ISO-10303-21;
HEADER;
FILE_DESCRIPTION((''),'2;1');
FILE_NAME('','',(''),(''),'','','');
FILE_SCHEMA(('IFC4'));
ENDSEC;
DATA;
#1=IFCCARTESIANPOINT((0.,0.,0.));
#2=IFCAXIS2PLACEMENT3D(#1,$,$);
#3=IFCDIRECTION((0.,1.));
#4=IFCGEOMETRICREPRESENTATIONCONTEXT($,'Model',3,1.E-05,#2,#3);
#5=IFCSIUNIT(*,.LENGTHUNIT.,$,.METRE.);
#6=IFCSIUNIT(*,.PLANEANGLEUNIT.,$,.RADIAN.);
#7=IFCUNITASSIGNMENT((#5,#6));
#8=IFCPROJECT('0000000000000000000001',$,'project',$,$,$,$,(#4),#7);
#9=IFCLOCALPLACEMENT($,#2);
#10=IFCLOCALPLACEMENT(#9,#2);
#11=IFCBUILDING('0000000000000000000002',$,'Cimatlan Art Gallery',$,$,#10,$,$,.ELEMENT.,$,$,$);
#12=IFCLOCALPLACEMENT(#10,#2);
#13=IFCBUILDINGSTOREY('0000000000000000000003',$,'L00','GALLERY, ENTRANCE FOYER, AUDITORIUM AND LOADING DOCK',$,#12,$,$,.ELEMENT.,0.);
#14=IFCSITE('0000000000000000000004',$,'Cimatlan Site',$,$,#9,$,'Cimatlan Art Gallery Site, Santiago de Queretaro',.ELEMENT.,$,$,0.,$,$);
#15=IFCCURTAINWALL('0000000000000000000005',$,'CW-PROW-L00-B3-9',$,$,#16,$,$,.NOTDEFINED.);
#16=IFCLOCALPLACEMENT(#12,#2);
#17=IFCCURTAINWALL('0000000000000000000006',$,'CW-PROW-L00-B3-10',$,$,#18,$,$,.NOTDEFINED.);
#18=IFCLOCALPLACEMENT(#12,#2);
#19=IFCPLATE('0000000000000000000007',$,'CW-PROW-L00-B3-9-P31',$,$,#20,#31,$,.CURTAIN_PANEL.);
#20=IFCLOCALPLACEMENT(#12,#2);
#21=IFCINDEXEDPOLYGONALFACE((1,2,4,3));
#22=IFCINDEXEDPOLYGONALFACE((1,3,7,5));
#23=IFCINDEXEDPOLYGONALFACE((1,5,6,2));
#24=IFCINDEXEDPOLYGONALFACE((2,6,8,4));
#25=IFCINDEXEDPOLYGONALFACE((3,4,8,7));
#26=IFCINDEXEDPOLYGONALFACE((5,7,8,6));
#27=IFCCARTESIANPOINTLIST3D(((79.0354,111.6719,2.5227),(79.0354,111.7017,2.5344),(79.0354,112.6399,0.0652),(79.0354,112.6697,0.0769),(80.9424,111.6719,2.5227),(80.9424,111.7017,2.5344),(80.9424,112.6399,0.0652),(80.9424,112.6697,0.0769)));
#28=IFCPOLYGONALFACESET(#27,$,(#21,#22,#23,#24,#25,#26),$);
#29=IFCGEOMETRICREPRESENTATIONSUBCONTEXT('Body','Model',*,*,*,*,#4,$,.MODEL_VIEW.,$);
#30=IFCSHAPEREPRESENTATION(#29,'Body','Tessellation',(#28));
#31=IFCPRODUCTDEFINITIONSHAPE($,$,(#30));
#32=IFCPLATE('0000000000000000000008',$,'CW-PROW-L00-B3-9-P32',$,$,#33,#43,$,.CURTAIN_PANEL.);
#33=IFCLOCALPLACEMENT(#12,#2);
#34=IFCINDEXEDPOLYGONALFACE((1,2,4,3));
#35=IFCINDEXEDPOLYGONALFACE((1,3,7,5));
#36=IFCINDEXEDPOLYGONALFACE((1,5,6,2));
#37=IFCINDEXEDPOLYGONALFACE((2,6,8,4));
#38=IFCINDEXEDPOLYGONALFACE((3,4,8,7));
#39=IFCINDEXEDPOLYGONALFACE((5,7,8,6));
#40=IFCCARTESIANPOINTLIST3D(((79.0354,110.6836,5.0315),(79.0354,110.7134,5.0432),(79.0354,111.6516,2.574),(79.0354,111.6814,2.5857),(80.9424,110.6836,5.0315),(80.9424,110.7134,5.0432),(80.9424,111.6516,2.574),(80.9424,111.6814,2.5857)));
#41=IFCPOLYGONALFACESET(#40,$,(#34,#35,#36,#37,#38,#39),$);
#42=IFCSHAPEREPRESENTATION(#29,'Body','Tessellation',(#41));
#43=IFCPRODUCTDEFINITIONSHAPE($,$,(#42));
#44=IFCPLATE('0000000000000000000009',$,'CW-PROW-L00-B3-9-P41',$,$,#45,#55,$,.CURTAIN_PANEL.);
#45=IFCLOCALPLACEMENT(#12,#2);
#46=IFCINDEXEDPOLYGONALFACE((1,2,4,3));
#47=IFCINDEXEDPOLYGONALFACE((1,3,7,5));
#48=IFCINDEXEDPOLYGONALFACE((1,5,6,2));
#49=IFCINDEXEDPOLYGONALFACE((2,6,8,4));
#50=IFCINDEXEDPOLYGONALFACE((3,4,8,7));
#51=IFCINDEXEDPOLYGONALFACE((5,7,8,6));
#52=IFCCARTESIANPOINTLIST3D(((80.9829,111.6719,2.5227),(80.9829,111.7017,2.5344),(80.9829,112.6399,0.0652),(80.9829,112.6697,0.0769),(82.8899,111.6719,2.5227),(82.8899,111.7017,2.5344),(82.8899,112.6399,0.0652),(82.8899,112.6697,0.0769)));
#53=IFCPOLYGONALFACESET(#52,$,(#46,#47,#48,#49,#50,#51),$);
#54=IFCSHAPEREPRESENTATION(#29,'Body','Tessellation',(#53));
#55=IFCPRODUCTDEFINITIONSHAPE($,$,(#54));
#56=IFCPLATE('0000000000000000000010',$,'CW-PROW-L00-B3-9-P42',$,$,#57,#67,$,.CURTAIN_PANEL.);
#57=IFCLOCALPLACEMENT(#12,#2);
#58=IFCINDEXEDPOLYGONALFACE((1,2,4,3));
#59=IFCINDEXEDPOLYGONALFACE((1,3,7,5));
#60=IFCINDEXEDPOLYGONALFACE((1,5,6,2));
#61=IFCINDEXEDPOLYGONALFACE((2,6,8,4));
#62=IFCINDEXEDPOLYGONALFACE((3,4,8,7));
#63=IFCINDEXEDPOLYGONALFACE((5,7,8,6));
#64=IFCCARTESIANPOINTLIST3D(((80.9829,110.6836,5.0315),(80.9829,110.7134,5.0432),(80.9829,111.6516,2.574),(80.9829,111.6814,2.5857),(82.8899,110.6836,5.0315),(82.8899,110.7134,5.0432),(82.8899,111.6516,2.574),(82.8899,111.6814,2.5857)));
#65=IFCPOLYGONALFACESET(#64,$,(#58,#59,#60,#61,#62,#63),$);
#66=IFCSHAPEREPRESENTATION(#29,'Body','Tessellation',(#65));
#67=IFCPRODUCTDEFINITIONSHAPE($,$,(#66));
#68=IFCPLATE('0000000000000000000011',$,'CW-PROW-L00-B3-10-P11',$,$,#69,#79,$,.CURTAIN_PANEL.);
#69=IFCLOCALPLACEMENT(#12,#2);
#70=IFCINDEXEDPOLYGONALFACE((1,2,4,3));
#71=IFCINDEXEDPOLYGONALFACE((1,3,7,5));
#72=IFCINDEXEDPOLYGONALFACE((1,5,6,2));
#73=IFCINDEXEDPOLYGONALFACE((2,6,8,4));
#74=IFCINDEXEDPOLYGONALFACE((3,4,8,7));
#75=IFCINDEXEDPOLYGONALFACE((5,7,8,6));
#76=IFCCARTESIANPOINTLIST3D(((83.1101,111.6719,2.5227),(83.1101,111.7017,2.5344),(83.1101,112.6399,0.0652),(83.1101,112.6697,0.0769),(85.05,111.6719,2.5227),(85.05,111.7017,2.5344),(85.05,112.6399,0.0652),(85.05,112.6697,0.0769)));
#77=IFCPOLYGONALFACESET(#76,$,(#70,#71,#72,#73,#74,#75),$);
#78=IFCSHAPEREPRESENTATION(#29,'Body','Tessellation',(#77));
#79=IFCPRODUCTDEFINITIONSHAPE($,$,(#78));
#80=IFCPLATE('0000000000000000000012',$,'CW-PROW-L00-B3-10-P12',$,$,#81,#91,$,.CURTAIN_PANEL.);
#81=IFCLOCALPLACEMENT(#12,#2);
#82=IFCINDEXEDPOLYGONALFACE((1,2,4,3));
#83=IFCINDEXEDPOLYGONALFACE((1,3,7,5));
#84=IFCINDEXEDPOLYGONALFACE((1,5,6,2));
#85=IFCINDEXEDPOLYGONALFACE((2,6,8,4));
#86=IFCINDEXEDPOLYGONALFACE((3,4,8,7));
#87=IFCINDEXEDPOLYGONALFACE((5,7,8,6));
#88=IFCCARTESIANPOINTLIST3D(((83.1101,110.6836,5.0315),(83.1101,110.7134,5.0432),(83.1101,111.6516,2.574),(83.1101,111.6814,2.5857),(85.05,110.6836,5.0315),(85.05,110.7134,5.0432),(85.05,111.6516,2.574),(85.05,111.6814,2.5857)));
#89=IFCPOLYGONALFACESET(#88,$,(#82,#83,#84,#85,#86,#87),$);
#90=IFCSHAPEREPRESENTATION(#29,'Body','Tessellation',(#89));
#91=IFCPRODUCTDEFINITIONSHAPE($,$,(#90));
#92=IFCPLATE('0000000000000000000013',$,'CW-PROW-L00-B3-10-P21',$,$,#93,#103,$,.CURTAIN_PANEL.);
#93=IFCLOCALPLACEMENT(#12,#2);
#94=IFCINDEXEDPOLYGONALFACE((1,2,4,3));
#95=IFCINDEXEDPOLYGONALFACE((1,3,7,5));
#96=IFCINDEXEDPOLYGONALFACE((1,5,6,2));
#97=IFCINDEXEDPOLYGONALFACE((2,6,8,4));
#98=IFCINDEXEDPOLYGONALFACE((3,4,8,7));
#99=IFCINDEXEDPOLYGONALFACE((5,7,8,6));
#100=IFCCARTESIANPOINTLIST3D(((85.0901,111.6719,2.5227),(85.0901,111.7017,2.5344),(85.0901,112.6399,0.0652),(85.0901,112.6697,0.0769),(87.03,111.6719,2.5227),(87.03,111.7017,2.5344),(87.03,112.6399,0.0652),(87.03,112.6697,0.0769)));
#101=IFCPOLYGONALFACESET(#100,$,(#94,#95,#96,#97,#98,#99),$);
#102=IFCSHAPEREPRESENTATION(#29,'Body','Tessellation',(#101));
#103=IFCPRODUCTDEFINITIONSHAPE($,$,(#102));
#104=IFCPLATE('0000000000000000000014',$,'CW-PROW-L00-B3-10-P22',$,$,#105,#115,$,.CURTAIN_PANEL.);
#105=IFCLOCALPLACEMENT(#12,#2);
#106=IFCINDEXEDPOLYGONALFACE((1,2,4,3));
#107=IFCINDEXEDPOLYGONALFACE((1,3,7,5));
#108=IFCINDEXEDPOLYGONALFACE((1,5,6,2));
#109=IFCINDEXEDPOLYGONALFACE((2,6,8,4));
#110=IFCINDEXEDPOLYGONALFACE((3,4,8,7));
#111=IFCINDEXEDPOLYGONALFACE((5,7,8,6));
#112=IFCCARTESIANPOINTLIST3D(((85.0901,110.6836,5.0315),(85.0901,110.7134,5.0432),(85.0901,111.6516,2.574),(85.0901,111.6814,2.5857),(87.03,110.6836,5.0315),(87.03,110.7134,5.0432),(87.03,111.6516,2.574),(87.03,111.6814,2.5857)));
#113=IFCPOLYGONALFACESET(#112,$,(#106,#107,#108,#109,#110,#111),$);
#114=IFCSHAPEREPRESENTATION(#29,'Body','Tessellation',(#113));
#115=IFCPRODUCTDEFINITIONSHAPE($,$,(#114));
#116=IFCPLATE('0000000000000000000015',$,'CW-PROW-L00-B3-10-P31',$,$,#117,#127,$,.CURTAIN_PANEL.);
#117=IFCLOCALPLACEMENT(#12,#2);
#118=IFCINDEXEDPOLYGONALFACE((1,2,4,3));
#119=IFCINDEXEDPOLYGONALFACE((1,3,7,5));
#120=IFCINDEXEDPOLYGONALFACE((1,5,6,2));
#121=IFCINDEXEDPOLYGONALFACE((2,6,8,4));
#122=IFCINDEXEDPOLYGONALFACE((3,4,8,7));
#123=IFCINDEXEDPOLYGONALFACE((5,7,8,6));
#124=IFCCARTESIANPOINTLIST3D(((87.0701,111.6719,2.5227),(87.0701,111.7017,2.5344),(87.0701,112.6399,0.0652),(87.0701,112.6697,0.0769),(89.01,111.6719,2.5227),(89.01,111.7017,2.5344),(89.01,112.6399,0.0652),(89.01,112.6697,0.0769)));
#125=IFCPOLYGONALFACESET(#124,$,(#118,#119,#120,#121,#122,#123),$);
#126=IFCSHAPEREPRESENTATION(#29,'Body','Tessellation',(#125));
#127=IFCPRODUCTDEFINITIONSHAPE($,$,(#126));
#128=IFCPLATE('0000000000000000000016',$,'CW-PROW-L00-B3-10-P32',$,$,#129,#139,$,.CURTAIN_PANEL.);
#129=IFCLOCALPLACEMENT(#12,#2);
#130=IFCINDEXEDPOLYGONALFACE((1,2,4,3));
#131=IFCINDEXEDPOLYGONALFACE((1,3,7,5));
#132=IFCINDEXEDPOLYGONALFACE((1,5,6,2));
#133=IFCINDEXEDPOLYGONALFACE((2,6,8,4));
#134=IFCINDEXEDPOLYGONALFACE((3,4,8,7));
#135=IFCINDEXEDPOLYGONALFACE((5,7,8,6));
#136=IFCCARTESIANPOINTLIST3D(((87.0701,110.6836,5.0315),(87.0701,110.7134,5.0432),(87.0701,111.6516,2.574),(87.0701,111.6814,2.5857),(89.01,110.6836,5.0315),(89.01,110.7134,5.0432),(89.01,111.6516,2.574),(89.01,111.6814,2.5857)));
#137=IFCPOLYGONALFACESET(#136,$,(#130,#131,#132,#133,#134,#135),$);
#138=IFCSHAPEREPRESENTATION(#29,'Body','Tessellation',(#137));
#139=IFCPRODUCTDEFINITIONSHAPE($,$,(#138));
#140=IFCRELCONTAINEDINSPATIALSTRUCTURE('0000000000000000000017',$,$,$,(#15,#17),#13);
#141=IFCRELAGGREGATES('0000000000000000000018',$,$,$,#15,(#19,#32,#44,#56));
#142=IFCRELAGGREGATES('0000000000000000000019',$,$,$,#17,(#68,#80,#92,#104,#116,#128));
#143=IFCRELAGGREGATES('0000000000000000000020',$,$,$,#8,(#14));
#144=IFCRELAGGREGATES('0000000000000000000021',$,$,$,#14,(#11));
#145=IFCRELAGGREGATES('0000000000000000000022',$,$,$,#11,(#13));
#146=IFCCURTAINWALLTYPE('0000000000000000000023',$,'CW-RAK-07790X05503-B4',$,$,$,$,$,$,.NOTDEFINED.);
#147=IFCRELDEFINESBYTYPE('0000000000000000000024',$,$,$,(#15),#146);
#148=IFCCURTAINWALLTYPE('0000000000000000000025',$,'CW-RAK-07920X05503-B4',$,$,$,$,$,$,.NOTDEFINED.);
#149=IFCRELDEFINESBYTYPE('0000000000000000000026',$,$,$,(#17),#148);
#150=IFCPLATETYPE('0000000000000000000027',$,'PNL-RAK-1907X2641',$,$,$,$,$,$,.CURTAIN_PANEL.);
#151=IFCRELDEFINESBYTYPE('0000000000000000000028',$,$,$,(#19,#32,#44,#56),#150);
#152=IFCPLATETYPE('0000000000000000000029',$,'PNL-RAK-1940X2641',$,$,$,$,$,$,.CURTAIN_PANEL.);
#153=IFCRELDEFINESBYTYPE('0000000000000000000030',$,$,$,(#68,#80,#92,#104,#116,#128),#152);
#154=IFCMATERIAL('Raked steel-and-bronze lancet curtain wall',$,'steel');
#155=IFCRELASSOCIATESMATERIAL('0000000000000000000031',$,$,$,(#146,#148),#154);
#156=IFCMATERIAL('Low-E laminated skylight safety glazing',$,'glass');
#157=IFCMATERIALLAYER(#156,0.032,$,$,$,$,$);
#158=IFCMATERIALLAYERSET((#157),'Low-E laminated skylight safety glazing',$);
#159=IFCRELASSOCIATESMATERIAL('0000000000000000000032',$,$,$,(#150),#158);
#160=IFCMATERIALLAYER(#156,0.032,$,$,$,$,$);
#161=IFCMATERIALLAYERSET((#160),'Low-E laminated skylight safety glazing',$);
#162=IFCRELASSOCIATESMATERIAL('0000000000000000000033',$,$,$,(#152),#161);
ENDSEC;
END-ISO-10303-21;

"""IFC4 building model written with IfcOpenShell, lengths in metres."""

from ifc_helpers import new_model, si_unit, direction, frame, origin, place, context, subcontext, project, spatial, polyline, outline, extrude, material, layer, layer_set, type_object, element, aggregate, save


model = new_model("IFC4")

# Units and contexts
model_context = context("Model", 3, precision=1e-05, world=origin(), true_north=direction((0.0, 1.0)))
body_context = subcontext(model_context, "Body", "Model", "MODEL_VIEW")
ifc_project = project(units=[si_unit("LENGTHUNIT", "METRE"), si_unit("PLANEANGLEUNIT", "RADIAN")], contexts=[model_context])

# Site, building, storey
site_placement = place(None, origin())
site = spatial("IfcSite", under=ifc_project, at=site_placement, Name="Cimatlan Site", LongName="Cimatlan Art Gallery Site, Santiago de Queretaro", CompositionType="ELEMENT", RefElevation=0.0)
building_placement = place(site_placement, origin())
building = spatial("IfcBuilding", under=site, at=building_placement, Name="Cimatlan Art Gallery", CompositionType="ELEMENT")
storey_placement = place(building_placement, origin())
storey = spatial("IfcBuildingStorey", under=building, at=storey_placement, Name="L00", Description="GALLERY, ENTRANCE FOYER, AUDITORIUM AND LOADING DOCK", CompositionType="ELEMENT", Elevation=0.0)

# Curtain walls
ifc_material_1 = material(Name="Raked steel-and-bronze lancet curtain wall", Category="steel")
curtain_wall_type_1 = type_object("IfcCurtainWallType", Name="CW-RAK-07790X05503-B4", PredefinedType="NOTDEFINED", material=ifc_material_1)
curtain_wall_1_placement = place(storey_placement, origin())
curtain_wall_1 = element("IfcCurtainWall", 1, at=curtain_wall_1_placement, inside=storey, type_object=curtain_wall_type_1, Name="CW-PROW-L00-B3-9", PredefinedType="NOTDEFINED")
curtain_wall_type_2 = type_object("IfcCurtainWallType", Name="CW-RAK-07920X05503-B4", PredefinedType="NOTDEFINED", material=ifc_material_1)
curtain_wall_2_placement = place(storey_placement, origin())
curtain_wall_2 = element("IfcCurtainWall", 2, at=curtain_wall_2_placement, inside=storey, type_object=curtain_wall_type_2, Name="CW-PROW-L00-B3-10", PredefinedType="NOTDEFINED")

# Plates
ifc_material_2 = material(Name="Low-E laminated skylight safety glazing", Category="glass")
ifc_layer_1 = layer(ifc_material_2, 0.032)
ifc_layer_set_1 = layer_set([ifc_layer_1], Name="Low-E laminated skylight safety glazing")
plate_type_1 = type_object("IfcPlateType", Name="PNL-RAK-1907X2641", PredefinedType="CURTAIN_PANEL", material=ifc_layer_set_1)
plate_1_placement = place(storey_placement, frame((79.0354, 112.6697, 0.0769), z_axis=(0.0, 0.930421, 0.366493), x_axis=(1.0, 0.0, 0.0)))
plate_1 = element("IfcPlate", 3, at=plate_1_placement, type_object=plate_type_1, Name="CW-PROW-L00-B3-9-P31", PredefinedType="CURTAIN_PANEL", context=body_context, shape_type="SweptSolid", body=[
    extrude(outline(polyline([(0.0, 0.0), (1.907, 0.0), (1.907, -2.6413), (0.0, -2.6413), (0.0, 0.0)])), origin(), (0.0, 0.0, -1.0), 0.032),
])
plate_2_placement = place(storey_placement, frame((79.0354, 111.6814, 2.5857), z_axis=(0.0, 0.930421, 0.366493), x_axis=(1.0, 0.0, 0.0)))
plate_2 = element("IfcPlate", 4, at=plate_2_placement, type_object=plate_type_1, Name="CW-PROW-L00-B3-9-P32", PredefinedType="CURTAIN_PANEL", context=body_context, shape_type="SweptSolid", body=[
    extrude(outline(polyline([(0.0, 0.0), (1.907, 0.0), (1.907, -2.6413), (0.0, -2.6413), (0.0, 0.0)])), origin(), (0.0, 0.0, -1.0), 0.032),
])
plate_3_placement = place(storey_placement, frame((80.9829, 112.6697, 0.0769), z_axis=(0.0, 0.930421, 0.366493), x_axis=(1.0, 0.0, 0.0)))
plate_3 = element("IfcPlate", 5, at=plate_3_placement, type_object=plate_type_1, Name="CW-PROW-L00-B3-9-P41", PredefinedType="CURTAIN_PANEL", context=body_context, shape_type="SweptSolid", body=[
    extrude(outline(polyline([(0.0, 0.0), (1.907, 0.0), (1.907, -2.6413), (0.0, -2.6413), (0.0, 0.0)])), origin(), (0.0, 0.0, -1.0), 0.032),
])
plate_4_placement = place(storey_placement, frame((80.9829, 111.6814, 2.5857), z_axis=(0.0, 0.930421, 0.366493), x_axis=(1.0, 0.0, 0.0)))
plate_4 = element("IfcPlate", 6, at=plate_4_placement, type_object=plate_type_1, Name="CW-PROW-L00-B3-9-P42", PredefinedType="CURTAIN_PANEL", context=body_context, shape_type="SweptSolid", body=[
    extrude(outline(polyline([(0.0, 0.0), (1.907, 0.0), (1.907, -2.6413), (0.0, -2.6413), (0.0, 0.0)])), origin(), (0.0, 0.0, -1.0), 0.032),
])
aggregate(curtain_wall_1, [plate_1, plate_2, plate_3, plate_4])
ifc_layer_2 = layer(ifc_material_2, 0.032)
ifc_layer_set_2 = layer_set([ifc_layer_2], Name="Low-E laminated skylight safety glazing")
plate_type_2 = type_object("IfcPlateType", Name="PNL-RAK-1940X2641", PredefinedType="CURTAIN_PANEL", material=ifc_layer_set_2)
plate_5_placement = place(storey_placement, frame((83.1101, 112.6697, 0.0769), z_axis=(0.0, 0.930421, 0.366493), x_axis=(1.0, 0.0, 0.0)))
plate_5 = element("IfcPlate", 7, at=plate_5_placement, type_object=plate_type_2, Name="CW-PROW-L00-B3-10-P11", PredefinedType="CURTAIN_PANEL", context=body_context, shape_type="SweptSolid", body=[
    extrude(outline(polyline([(0.0, 0.0), (1.9399, 0.0), (1.9399, -2.6413), (0.0, -2.6413), (0.0, 0.0)])), origin(), (0.0, 0.0, -1.0), 0.032),
])
plate_6_placement = place(storey_placement, frame((83.1101, 111.6814, 2.5857), z_axis=(0.0, 0.930421, 0.366493), x_axis=(1.0, 0.0, 0.0)))
plate_6 = element("IfcPlate", 8, at=plate_6_placement, type_object=plate_type_2, Name="CW-PROW-L00-B3-10-P12", PredefinedType="CURTAIN_PANEL", context=body_context, shape_type="SweptSolid", body=[
    extrude(outline(polyline([(0.0, 0.0), (1.9399, 0.0), (1.9399, -2.6413), (0.0, -2.6413), (0.0, 0.0)])), origin(), (0.0, 0.0, -1.0), 0.032),
])
plate_7_placement = place(storey_placement, frame((85.0901, 112.6697, 0.0769), z_axis=(0.0, 0.930421, 0.366493), x_axis=(1.0, 0.0, 0.0)))
plate_7 = element("IfcPlate", 9, at=plate_7_placement, type_object=plate_type_2, Name="CW-PROW-L00-B3-10-P21", PredefinedType="CURTAIN_PANEL", context=body_context, shape_type="SweptSolid", body=[
    extrude(outline(polyline([(0.0, 0.0), (1.9399, 0.0), (1.9399, -2.6413), (0.0, -2.6413), (0.0, 0.0)])), origin(), (0.0, 0.0, -1.0), 0.032),
])
plate_8_placement = place(storey_placement, frame((85.0901, 111.6814, 2.5857), z_axis=(0.0, 0.930421, 0.366493), x_axis=(1.0, 0.0, 0.0)))
plate_8 = element("IfcPlate", 10, at=plate_8_placement, type_object=plate_type_2, Name="CW-PROW-L00-B3-10-P22", PredefinedType="CURTAIN_PANEL", context=body_context, shape_type="SweptSolid", body=[
    extrude(outline(polyline([(0.0, 0.0), (1.9399, 0.0), (1.9399, -2.6413), (0.0, -2.6413), (0.0, 0.0)])), origin(), (0.0, 0.0, -1.0), 0.032),
])
plate_9_placement = place(storey_placement, frame((87.0701, 112.6697, 0.0769), z_axis=(0.0, 0.930421, 0.366493), x_axis=(1.0, 0.0, 0.0)))
plate_9 = element("IfcPlate", 11, at=plate_9_placement, type_object=plate_type_2, Name="CW-PROW-L00-B3-10-P31", PredefinedType="CURTAIN_PANEL", context=body_context, shape_type="SweptSolid", body=[
    extrude(outline(polyline([(0.0, 0.0), (1.9399, 0.0), (1.9399, -2.6413), (0.0, -2.6413), (0.0, 0.0)])), origin(), (0.0, 0.0, -1.0), 0.032),
])
plate_10_placement = place(storey_placement, frame((87.0701, 111.6814, 2.5857), z_axis=(0.0, 0.930421, 0.366493), x_axis=(1.0, 0.0, 0.0)))
plate_10 = element("IfcPlate", 12, at=plate_10_placement, type_object=plate_type_2, Name="CW-PROW-L00-B3-10-P32", PredefinedType="CURTAIN_PANEL", context=body_context, shape_type="SweptSolid", body=[
    extrude(outline(polyline([(0.0, 0.0), (1.9399, 0.0), (1.9399, -2.6413), (0.0, -2.6413), (0.0, 0.0)])), origin(), (0.0, 0.0, -1.0), 0.032),
])
aggregate(curtain_wall_2, [plate_5, plate_6, plate_7, plate_8, plate_9, plate_10])

save(model, "model.ifc")
